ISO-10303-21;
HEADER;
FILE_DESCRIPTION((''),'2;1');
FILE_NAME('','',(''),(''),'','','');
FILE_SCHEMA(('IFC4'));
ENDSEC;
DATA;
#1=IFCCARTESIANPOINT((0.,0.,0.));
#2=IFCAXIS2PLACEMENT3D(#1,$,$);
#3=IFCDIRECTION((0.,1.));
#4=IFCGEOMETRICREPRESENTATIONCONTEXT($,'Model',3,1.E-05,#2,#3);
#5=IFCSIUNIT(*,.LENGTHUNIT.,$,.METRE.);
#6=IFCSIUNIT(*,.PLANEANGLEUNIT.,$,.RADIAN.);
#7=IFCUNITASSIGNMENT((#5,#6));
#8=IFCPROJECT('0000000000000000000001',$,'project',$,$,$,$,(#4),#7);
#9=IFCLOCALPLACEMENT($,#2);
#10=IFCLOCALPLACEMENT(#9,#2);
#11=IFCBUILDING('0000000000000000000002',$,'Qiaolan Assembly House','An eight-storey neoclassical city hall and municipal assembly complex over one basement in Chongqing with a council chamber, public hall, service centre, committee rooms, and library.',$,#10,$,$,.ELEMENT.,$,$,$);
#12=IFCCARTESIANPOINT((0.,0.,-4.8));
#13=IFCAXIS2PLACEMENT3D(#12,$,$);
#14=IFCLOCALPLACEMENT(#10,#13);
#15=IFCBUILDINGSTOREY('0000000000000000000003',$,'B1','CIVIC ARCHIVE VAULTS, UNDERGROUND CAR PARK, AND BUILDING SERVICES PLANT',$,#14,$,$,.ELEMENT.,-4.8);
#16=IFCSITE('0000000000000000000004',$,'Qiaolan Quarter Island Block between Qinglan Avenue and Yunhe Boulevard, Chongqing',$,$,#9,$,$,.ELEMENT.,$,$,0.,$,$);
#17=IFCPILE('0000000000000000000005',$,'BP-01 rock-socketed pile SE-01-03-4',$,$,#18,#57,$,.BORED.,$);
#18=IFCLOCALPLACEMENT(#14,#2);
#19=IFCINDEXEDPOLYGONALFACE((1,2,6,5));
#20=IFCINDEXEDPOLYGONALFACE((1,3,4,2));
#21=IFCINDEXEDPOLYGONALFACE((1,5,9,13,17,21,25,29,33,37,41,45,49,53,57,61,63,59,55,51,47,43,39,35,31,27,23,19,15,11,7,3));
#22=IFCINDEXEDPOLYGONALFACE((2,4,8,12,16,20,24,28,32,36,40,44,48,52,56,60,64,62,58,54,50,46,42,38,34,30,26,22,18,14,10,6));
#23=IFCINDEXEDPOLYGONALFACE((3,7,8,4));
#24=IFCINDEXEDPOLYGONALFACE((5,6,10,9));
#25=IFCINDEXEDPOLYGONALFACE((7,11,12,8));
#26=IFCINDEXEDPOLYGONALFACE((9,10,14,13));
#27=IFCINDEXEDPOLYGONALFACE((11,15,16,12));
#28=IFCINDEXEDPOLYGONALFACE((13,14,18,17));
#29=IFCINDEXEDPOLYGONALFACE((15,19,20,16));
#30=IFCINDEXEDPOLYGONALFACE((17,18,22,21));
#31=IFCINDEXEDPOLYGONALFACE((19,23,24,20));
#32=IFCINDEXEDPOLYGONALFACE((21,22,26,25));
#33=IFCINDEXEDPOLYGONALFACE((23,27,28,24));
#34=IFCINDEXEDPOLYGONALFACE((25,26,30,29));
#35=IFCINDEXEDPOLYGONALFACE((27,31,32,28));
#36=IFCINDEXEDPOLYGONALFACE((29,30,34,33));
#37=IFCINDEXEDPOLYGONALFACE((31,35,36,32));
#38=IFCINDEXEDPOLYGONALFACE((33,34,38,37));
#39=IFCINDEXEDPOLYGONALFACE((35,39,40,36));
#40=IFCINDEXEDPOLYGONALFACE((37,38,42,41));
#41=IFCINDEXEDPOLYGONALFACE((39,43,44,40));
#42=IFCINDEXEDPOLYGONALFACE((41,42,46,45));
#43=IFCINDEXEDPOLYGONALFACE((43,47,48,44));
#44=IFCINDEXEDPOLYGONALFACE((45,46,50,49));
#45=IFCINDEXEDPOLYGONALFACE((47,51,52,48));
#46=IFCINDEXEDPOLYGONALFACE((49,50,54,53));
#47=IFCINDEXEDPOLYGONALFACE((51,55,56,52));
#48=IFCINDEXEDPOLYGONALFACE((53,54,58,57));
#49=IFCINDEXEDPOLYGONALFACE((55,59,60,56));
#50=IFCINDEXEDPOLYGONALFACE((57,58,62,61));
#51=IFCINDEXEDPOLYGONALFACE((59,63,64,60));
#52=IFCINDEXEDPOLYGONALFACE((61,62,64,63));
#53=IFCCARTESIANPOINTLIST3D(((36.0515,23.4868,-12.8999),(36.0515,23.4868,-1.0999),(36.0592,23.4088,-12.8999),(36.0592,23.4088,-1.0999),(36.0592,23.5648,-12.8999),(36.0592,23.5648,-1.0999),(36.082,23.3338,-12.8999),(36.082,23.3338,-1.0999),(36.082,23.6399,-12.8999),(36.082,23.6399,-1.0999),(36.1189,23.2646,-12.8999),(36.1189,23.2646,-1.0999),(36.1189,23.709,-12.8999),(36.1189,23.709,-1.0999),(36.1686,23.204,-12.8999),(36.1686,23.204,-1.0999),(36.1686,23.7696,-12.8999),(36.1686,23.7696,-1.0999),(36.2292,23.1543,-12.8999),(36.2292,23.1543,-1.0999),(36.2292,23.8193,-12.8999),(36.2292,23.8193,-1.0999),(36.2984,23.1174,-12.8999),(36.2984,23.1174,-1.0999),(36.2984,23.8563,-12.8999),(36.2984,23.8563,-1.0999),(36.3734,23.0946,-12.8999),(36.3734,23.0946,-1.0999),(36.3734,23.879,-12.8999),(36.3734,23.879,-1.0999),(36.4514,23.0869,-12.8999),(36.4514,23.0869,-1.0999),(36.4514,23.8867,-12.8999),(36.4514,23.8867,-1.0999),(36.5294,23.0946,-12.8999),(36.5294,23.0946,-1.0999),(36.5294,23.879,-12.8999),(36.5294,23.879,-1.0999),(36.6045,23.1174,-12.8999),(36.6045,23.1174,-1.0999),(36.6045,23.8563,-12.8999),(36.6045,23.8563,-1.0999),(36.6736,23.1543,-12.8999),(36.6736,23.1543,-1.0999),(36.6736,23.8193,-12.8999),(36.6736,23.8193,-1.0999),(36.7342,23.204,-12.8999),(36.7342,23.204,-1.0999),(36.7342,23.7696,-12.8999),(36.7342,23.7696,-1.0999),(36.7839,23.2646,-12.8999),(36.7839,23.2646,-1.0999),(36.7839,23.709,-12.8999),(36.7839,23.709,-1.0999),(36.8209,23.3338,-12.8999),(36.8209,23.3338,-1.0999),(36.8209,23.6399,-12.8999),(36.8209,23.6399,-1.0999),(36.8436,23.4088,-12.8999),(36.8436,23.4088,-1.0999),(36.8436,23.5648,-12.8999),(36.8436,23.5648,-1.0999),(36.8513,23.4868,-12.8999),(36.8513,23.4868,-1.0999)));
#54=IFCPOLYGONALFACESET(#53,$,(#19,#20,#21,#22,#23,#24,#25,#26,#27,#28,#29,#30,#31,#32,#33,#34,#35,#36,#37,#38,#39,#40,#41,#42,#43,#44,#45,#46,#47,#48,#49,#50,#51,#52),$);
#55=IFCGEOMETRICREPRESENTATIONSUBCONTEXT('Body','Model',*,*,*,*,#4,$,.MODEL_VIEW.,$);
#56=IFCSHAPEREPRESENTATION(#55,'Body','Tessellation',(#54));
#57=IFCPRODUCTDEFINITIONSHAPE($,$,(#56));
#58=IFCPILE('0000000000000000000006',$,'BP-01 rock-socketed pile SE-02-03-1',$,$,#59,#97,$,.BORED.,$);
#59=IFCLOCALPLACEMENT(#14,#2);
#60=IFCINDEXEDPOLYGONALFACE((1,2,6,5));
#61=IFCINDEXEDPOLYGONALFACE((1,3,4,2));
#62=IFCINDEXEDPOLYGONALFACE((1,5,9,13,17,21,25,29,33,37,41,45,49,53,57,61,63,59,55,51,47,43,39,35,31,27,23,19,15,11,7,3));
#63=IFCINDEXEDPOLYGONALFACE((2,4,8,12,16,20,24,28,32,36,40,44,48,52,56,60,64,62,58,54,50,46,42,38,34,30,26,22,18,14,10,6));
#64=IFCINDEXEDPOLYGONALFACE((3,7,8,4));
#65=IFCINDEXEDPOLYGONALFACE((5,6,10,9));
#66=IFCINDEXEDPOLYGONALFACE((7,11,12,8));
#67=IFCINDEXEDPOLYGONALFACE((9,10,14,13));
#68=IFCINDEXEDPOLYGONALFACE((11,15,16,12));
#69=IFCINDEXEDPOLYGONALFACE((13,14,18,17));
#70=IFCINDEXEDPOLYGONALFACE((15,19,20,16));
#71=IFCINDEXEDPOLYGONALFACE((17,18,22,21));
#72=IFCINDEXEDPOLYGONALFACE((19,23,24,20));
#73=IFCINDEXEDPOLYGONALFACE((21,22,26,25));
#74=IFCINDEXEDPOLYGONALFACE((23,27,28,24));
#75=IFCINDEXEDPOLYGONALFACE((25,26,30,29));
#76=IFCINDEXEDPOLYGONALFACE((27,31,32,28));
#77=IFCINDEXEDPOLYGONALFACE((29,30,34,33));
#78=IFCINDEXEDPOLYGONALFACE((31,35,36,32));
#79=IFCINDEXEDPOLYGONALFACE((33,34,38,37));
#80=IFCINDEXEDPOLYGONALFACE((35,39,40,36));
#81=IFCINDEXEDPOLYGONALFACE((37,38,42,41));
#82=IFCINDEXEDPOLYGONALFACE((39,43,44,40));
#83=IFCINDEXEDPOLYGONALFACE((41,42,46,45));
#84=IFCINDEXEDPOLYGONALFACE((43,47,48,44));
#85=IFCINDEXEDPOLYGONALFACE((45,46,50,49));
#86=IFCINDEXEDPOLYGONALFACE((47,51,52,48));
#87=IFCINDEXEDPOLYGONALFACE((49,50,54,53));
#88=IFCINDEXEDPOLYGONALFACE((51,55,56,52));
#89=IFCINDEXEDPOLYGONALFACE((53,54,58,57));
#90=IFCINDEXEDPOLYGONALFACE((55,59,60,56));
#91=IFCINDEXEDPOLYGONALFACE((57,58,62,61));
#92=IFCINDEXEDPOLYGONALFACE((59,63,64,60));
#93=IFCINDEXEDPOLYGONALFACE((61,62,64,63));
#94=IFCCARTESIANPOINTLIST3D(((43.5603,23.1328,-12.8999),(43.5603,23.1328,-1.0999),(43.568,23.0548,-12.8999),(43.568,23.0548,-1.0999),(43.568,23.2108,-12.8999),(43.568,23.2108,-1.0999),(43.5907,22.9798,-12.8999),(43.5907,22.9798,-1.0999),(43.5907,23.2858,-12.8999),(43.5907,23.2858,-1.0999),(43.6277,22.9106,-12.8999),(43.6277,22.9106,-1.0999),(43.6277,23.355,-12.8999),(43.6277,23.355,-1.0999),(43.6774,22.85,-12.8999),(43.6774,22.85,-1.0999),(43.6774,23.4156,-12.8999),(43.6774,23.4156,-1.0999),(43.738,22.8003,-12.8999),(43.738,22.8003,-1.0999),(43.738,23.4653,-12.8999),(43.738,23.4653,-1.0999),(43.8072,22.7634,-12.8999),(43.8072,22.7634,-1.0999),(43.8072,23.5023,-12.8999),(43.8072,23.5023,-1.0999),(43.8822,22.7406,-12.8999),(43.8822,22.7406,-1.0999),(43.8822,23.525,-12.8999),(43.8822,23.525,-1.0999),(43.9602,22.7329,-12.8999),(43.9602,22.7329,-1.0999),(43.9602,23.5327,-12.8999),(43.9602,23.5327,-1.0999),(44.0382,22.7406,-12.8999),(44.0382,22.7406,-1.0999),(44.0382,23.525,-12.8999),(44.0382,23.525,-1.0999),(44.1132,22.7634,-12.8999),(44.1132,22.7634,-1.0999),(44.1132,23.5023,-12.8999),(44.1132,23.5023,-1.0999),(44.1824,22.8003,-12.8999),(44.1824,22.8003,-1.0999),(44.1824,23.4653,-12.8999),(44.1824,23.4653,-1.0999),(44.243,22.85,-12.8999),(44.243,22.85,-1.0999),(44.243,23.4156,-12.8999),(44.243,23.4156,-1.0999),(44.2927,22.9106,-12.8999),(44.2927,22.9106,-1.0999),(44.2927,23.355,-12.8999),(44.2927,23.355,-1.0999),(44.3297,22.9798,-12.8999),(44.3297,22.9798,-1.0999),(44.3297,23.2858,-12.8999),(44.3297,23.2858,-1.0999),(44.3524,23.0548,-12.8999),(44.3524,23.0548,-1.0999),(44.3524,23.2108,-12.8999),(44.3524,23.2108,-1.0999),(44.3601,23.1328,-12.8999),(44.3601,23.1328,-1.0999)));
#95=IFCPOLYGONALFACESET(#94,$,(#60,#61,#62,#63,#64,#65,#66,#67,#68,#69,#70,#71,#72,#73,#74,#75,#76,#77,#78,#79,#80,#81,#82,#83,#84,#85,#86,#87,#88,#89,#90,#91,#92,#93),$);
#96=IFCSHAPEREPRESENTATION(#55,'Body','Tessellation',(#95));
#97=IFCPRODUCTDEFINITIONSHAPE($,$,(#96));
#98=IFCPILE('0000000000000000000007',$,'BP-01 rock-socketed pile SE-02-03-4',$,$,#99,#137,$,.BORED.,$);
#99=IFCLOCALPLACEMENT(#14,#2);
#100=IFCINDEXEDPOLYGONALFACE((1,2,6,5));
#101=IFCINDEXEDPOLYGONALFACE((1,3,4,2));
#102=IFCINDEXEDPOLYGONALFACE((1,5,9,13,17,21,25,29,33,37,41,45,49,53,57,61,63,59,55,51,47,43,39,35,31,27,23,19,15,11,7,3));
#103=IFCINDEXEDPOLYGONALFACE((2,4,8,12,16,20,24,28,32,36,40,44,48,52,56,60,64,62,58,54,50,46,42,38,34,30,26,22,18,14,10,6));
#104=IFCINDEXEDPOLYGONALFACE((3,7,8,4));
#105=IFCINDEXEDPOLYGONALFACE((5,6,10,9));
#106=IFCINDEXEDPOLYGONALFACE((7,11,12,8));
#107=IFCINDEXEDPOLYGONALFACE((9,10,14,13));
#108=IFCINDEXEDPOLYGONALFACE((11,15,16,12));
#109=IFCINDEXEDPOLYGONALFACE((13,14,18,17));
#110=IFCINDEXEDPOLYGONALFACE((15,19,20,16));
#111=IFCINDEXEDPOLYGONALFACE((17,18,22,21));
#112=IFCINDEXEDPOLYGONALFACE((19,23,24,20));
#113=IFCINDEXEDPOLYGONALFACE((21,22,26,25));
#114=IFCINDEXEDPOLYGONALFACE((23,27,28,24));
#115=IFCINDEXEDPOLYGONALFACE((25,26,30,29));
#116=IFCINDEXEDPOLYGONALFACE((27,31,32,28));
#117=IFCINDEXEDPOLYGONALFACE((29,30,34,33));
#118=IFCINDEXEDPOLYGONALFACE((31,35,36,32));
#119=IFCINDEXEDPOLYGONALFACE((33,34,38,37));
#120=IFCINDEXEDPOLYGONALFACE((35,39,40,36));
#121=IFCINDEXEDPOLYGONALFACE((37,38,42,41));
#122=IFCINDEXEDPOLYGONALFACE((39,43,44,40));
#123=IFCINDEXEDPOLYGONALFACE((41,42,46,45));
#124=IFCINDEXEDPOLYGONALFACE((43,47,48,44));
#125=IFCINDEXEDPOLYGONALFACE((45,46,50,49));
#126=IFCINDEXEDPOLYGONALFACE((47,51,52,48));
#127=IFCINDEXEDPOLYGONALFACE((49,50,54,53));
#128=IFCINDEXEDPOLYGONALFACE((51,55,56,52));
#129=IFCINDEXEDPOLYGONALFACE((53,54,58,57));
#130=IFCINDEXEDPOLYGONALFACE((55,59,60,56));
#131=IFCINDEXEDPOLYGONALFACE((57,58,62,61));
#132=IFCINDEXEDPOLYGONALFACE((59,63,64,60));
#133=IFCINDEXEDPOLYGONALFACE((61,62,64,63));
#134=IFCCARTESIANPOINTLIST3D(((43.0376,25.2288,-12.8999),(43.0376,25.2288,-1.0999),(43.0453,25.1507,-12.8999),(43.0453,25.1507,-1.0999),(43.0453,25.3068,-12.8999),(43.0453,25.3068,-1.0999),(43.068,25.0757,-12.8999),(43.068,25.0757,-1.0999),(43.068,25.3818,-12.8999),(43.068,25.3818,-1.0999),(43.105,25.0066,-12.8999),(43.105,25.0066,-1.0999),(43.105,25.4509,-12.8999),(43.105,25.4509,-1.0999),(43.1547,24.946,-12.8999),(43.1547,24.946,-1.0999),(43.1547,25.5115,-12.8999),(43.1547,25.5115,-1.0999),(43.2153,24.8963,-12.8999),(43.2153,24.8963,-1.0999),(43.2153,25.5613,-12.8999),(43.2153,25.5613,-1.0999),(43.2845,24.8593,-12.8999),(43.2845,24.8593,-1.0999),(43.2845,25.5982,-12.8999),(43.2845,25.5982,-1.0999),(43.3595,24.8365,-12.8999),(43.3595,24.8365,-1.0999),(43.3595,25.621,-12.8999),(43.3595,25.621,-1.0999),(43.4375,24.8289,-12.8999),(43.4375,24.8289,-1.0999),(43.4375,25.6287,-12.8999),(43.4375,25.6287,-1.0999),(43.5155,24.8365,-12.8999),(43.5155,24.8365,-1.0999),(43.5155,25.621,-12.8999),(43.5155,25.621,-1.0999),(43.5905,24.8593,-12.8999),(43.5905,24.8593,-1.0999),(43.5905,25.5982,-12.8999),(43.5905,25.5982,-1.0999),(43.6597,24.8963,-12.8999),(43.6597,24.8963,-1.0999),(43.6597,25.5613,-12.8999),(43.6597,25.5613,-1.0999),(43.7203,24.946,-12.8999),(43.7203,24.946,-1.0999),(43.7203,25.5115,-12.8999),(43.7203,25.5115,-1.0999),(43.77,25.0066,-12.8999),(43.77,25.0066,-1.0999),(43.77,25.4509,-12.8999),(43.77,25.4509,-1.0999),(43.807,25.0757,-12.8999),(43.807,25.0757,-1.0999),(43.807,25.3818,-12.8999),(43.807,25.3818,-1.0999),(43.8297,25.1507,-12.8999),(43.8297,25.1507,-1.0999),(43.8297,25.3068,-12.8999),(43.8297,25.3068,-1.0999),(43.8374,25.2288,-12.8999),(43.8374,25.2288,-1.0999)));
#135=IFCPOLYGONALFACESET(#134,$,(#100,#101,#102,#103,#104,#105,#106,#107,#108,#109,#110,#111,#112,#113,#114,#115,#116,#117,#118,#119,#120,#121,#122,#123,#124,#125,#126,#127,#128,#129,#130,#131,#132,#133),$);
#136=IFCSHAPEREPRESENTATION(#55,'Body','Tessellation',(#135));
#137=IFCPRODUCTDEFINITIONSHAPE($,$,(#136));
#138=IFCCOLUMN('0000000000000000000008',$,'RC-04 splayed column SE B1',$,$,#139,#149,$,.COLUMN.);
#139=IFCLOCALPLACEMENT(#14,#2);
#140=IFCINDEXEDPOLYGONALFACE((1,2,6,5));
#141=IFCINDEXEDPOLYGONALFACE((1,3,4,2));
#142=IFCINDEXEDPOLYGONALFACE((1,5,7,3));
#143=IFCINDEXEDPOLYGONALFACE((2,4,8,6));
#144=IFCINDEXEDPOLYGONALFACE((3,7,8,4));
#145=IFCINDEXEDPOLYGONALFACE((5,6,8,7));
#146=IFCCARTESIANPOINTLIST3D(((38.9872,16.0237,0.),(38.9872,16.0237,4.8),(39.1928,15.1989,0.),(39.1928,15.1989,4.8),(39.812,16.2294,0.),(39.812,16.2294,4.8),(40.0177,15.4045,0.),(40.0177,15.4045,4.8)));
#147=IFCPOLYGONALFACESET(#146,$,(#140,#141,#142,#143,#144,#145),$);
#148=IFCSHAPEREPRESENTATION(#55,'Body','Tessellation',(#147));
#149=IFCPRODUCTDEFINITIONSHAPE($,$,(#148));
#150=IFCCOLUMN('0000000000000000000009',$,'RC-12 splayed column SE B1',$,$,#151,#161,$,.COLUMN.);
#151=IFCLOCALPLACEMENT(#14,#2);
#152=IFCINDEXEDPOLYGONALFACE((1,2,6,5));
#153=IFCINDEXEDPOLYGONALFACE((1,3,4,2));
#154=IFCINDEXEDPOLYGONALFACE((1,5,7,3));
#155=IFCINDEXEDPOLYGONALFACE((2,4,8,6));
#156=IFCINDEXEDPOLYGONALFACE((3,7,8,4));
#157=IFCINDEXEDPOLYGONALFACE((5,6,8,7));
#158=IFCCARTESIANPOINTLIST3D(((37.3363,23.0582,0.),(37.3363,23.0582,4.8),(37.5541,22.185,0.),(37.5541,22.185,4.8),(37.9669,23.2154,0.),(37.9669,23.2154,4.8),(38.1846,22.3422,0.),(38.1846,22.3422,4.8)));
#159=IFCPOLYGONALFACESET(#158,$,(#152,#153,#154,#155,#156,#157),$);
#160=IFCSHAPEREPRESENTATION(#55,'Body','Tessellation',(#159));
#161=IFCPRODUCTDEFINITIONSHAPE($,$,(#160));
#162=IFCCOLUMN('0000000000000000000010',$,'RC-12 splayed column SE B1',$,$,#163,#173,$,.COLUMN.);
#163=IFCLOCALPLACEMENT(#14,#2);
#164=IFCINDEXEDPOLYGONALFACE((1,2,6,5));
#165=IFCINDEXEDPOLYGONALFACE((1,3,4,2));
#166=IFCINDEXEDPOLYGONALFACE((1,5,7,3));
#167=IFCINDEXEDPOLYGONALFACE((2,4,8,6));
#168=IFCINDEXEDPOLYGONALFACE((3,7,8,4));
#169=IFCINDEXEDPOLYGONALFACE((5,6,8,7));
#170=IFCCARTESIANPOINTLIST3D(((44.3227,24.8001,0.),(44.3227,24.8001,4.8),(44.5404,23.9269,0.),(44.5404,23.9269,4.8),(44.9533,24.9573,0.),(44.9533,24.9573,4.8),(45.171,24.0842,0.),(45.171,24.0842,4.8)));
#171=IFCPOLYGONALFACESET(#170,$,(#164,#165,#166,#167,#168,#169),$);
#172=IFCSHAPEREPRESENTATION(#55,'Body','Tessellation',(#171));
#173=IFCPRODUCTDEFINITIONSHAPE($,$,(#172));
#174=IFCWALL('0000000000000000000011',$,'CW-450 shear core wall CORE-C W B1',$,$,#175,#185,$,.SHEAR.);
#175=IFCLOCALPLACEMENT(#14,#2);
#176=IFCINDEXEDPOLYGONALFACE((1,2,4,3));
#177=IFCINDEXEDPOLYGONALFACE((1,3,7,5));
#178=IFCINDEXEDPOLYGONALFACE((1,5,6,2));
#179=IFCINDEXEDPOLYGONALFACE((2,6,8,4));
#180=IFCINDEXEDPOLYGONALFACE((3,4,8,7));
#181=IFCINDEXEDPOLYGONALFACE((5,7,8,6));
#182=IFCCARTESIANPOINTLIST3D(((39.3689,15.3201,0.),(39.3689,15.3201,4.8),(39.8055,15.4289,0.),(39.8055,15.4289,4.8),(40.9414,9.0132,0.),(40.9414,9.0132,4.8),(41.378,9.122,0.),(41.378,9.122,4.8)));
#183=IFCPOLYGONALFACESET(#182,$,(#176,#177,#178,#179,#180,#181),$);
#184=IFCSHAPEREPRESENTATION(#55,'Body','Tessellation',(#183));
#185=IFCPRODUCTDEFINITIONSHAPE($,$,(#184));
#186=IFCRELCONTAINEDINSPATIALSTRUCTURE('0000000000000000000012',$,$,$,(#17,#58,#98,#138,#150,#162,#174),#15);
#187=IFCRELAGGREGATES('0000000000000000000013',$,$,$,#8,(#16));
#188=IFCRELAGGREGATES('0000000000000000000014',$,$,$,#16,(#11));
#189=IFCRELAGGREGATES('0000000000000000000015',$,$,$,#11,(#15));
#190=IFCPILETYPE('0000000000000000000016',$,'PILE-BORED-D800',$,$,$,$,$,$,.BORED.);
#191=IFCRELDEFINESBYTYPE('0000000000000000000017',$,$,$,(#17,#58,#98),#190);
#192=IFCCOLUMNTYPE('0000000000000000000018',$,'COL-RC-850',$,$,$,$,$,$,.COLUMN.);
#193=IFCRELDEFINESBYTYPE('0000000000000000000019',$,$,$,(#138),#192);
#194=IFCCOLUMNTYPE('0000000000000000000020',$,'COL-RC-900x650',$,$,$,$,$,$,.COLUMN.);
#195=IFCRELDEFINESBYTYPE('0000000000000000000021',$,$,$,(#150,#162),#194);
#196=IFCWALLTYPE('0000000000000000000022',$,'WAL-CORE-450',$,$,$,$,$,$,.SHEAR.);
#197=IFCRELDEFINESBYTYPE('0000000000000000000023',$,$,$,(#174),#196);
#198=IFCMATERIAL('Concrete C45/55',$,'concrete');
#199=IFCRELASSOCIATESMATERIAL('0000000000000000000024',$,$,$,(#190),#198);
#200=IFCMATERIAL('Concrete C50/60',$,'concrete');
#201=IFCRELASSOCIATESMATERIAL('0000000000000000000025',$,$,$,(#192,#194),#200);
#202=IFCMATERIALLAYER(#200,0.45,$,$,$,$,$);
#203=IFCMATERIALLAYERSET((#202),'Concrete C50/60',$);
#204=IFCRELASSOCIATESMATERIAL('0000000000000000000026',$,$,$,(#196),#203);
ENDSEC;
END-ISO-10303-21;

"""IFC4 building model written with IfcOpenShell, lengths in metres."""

from ifc_helpers import new_model, si_unit, direction, frame, frame_2d, origin, origin_2d, place, context, subcontext, project, spatial, rectangle, circle, extrude, material, layer, layer_set, material_profile, profile_set, type_object, element, save


model = new_model("IFC4")

# Units and contexts
model_context = context("Model", 3, precision=1e-05, world=origin(), true_north=direction((0.0, 1.0)))
body_context = subcontext(model_context, "Body", "Model", "MODEL_VIEW")
ifc_project = project(units=[si_unit("LENGTHUNIT", "METRE"), si_unit("PLANEANGLEUNIT", "RADIAN")], contexts=[model_context])

# Site, building, storey
site_placement = place(None, origin())
site = spatial("IfcSite", under=ifc_project, at=site_placement, Name="Qiaolan Quarter Island Block between Qinglan Avenue and Yunhe Boulevard, Chongqing", CompositionType="ELEMENT", RefElevation=0.0)
building_placement = place(site_placement, origin())
building = spatial("IfcBuilding", under=site, at=building_placement, Name="Qiaolan Assembly House", Description="An eight-storey neoclassical city hall and municipal assembly complex over one basement in Chongqing with a council chamber, public hall, service centre, committee rooms, and library.", CompositionType="ELEMENT")
storey_placement = place(building_placement, frame((0.0, 0.0, -4.8)))
storey = spatial("IfcBuildingStorey", under=building, at=storey_placement, Name="B1", Description="CIVIC ARCHIVE VAULTS, UNDERGROUND CAR PARK, AND BUILDING SERVICES PLANT", CompositionType="ELEMENT", Elevation=-4.8)

# Piles
ifc_material_1 = material(Name="Concrete C45/55", Category="concrete")
ifc_material_profile_1 = material_profile(ifc_material_1, circle(Radius=0.3999, at=origin_2d()), Name="PILE D800")
ifc_profile_set_1 = profile_set([ifc_material_profile_1], Name="Concrete C45/55")
pile_type_1 = type_object("IfcPileType", Name="PILE-BORED-D800", PredefinedType="BORED", material=ifc_profile_set_1)
for number, where, z_axis, x_axis, name in (
    (1, (36.4514, 23.4868, -1.0999), (0.0, 0.0, -1.0), (1.0, 0.0, 0.0), "BP-01 rock-socketed pile SE-01-03-4"),
    (2, (43.9602, 23.1328, -1.0999), (0.0, 0.0, -1.0), (1.0, 0.0, 0.0), "BP-01 rock-socketed pile SE-02-03-1"),
    (3, (43.4375, 25.2288, -1.0999), (0.0, 0.0, -1.0), (1.0, 0.0, 0.0), "BP-01 rock-socketed pile SE-02-03-4"),
):
    element("IfcPile", number, at=place(storey_placement, frame(where, z_axis=z_axis, x_axis=x_axis)), inside=storey, type_object=pile_type_1, Name=name, PredefinedType="BORED", context=body_context, shape_type="SweptSolid", body=[
        extrude(circle(Radius=0.3999, at=origin_2d()), origin(), (0.0, 0.0, 1.0), 11.8),
    ])

# Columns
ifc_material_2 = material(Name="Concrete C50/60", Category="concrete")
ifc_material_profile_2 = material_profile(ifc_material_2, rectangle(XDim=0.8501, YDim=0.8501, at=origin_2d()), Name="RC 850x850")
ifc_profile_set_2 = profile_set([ifc_material_profile_2], Name="Concrete C50/60")
column_type_1 = type_object("IfcColumnType", Name="COL-RC-850", PredefinedType="COLUMN", material=ifc_profile_set_2)
column_placement = place(storey_placement, frame((39.5024, 15.7141, 0.0), z_axis=(0.0, 0.0, 1.0), x_axis=(0.970296, 0.241922, 0.0)))
element("IfcColumn", 4, at=column_placement, inside=storey, type_object=column_type_1, Name="RC-04 splayed column SE B1", PredefinedType="COLUMN", context=body_context, shape_type="SweptSolid", body=[
    extrude(rectangle(XDim=0.8501, YDim=0.8501, at=origin_2d()), origin(), (0.0, 0.0, 1.0), 4.8),
])
ifc_material_profile_3 = material_profile(ifc_material_2, rectangle(XDim=0.6499, YDim=0.8999, at=origin_2d()), Name="RC 900x650")
ifc_profile_set_3 = profile_set([ifc_material_profile_3], Name="Concrete C50/60")
column_type_2 = type_object("IfcColumnType", Name="COL-RC-900x650", PredefinedType="COLUMN", material=ifc_profile_set_3)
for number, where, z_axis, x_axis, name in (
    (5, (37.7605, 22.7002, 0.0), (0.0, 0.0, 1.0), (0.970296, 0.241922, 0.0), "RC-12 splayed column SE B1"),
    (6, (44.7468, 24.4421, 0.0), (0.0, 0.0, 1.0), (0.970296, 0.241922, 0.0), "RC-12 splayed column SE B1"),
):
    element("IfcColumn", number, at=place(storey_placement, frame(where, z_axis=z_axis, x_axis=x_axis)), inside=storey, type_object=column_type_2, Name=name, PredefinedType="COLUMN", context=body_context, shape_type="SweptSolid", body=[
        extrude(rectangle(XDim=0.6499, YDim=0.8999, at=origin_2d()), origin(), (0.0, 0.0, 1.0), 4.8),
    ])

# Wall
ifc_layer = layer(ifc_material_2, 0.45)
ifc_layer_set = layer_set([ifc_layer], Name="Concrete C50/60")
wall_type = type_object("IfcWallType", Name="WAL-CORE-450", PredefinedType="SHEAR", material=ifc_layer_set)
wall_placement = place(storey_placement, frame((39.5872, 15.3745, 0.0), z_axis=(0.0, 0.0, 1.0), x_axis=(0.241926, -0.970295, 0.0)))
element("IfcWall", 7, at=wall_placement, inside=storey, type_object=wall_type, Name="CW-450 shear core wall CORE-C W B1", PredefinedType="SHEAR", context=body_context, shape_type="SweptSolid", body=[
    extrude(rectangle(XDim=6.5, YDim=0.45, at=frame_2d((3.25, 0.0))), origin(), (0.0, 0.0, 1.0), 4.8),
])

save(model, "model.ifc")
